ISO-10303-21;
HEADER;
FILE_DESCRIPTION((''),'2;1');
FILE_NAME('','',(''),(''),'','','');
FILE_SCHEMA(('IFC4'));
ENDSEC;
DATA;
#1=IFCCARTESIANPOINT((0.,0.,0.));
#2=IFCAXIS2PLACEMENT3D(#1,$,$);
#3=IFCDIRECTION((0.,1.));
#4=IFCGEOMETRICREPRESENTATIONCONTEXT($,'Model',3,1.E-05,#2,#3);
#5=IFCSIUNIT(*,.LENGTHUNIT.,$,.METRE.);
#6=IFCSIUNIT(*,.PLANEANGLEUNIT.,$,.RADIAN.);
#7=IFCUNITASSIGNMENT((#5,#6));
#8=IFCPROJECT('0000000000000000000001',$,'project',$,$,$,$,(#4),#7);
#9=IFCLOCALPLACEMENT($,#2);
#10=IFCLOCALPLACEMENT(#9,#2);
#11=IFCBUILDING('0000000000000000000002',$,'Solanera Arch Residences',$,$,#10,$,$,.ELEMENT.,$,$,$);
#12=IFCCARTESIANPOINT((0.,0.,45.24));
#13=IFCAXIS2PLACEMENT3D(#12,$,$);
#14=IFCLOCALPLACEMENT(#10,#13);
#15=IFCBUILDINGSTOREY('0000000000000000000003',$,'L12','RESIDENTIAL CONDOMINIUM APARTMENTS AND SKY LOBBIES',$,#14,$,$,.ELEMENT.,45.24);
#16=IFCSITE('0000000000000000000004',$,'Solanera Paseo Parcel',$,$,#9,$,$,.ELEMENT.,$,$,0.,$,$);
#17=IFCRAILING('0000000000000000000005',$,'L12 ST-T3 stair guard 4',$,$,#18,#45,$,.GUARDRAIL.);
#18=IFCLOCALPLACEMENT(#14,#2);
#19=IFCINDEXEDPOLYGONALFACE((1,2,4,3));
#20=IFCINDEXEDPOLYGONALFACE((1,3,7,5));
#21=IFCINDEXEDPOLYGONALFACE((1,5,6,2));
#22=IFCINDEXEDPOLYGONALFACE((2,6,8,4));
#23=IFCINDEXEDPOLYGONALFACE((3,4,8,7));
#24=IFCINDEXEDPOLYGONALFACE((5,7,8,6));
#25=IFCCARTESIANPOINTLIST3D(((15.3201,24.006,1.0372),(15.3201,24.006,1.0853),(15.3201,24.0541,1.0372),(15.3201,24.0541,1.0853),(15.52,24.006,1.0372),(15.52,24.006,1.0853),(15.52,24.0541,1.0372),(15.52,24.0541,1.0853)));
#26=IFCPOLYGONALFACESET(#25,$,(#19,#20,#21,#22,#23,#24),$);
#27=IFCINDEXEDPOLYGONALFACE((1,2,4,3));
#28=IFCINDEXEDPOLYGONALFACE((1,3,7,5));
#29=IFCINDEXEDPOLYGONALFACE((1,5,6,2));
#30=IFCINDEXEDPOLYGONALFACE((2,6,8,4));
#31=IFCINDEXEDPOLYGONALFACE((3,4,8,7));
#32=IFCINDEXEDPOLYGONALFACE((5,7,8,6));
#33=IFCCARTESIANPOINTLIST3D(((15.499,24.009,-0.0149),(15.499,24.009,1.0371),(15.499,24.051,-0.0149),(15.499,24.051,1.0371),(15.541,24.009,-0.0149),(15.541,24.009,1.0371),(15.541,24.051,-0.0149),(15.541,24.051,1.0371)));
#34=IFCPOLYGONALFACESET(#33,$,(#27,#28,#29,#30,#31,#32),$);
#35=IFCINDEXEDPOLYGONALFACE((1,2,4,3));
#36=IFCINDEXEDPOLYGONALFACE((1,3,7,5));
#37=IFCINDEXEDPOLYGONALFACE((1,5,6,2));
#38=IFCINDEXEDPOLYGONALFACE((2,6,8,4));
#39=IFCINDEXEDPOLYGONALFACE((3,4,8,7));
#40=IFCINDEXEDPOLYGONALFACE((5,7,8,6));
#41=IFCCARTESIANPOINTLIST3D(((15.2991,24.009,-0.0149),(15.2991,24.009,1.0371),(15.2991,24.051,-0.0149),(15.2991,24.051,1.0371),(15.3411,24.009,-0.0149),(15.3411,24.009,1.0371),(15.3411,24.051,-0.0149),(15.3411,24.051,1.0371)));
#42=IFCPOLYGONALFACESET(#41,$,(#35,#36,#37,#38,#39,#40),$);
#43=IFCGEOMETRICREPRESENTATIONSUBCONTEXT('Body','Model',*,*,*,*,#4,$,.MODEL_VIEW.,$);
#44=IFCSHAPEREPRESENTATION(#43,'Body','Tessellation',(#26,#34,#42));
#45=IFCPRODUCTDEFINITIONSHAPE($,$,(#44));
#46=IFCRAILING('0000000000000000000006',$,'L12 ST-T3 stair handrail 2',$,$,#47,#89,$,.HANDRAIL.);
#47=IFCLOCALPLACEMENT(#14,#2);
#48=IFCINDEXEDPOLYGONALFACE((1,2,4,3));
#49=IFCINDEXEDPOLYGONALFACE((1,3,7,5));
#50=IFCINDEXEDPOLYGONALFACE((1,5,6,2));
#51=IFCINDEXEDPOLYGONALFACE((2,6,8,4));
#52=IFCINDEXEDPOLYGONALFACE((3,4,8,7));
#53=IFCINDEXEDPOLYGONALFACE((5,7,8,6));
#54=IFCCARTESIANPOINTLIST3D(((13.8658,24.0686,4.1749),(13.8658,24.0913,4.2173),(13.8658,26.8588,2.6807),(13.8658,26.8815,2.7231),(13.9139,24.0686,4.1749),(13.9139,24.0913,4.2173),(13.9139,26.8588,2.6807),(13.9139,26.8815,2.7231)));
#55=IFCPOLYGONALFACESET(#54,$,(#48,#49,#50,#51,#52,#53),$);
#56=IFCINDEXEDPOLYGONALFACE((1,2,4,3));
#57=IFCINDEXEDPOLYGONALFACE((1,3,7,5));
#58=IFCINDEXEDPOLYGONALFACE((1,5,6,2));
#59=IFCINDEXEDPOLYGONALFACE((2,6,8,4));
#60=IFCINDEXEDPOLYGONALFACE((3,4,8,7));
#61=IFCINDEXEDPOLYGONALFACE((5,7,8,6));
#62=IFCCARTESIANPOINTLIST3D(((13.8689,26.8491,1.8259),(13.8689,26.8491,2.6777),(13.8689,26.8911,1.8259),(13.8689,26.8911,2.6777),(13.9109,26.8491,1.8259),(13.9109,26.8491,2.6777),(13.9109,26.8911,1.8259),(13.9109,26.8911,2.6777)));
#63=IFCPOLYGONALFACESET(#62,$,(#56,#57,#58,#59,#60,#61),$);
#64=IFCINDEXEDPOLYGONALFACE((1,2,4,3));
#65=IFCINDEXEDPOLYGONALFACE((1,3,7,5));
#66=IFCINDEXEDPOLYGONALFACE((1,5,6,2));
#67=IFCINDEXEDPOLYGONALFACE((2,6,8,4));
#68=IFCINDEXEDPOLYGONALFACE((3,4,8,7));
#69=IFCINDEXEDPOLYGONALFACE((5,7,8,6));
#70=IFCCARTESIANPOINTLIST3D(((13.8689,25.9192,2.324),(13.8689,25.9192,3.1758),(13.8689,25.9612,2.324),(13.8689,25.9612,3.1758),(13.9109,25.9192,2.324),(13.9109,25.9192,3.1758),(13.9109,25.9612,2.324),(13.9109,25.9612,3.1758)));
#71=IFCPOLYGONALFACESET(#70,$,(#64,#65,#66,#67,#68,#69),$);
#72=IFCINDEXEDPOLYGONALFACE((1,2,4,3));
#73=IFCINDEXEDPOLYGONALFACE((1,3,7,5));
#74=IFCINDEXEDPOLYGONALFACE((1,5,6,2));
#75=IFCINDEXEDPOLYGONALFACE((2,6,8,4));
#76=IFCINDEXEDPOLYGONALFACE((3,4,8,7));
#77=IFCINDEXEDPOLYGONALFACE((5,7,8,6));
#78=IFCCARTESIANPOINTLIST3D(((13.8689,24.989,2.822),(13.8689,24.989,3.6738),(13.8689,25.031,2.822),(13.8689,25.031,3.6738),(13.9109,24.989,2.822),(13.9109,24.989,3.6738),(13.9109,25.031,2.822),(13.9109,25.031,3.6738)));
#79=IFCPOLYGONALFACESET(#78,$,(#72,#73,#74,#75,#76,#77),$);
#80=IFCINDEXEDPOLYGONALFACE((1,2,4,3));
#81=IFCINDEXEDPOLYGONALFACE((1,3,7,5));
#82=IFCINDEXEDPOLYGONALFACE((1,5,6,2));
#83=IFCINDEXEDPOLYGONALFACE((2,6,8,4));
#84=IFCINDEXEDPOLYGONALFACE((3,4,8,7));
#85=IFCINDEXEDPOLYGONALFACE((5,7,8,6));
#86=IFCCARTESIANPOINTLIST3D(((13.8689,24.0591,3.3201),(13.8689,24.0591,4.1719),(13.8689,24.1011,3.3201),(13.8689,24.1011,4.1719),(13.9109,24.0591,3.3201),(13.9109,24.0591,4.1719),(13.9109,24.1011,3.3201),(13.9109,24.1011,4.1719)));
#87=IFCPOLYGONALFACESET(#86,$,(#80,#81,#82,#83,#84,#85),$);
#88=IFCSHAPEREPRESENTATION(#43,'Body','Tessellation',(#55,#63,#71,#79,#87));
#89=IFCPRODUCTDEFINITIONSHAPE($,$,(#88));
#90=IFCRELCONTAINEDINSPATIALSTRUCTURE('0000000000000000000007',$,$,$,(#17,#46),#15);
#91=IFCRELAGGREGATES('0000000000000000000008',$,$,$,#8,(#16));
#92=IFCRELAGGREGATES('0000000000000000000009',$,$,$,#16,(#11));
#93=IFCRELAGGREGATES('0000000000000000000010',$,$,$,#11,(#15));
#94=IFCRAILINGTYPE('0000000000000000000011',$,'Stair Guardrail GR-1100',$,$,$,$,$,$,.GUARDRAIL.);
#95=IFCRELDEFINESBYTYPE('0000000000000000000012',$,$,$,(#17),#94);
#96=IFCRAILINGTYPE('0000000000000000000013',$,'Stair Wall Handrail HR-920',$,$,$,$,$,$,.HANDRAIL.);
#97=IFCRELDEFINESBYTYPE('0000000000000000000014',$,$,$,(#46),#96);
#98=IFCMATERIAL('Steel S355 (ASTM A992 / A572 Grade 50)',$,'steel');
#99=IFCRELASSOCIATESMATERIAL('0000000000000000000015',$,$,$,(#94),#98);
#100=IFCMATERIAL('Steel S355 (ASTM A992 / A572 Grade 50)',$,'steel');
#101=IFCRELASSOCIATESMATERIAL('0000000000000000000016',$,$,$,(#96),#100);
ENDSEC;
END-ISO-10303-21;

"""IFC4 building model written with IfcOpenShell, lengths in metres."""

from ifc_helpers import new_model, si_unit, direction, frame, origin, origin_2d, place, context, subcontext, project, spatial, rectangle, extrude, material, type_object, element, save


model = new_model("IFC4")

# Units and contexts
model_context = context("Model", 3, precision=1e-05, world=origin(), true_north=direction((0.0, 1.0)))
body_context = subcontext(model_context, "Body", "Model", "MODEL_VIEW")
ifc_project = project(units=[si_unit("LENGTHUNIT", "METRE"), si_unit("PLANEANGLEUNIT", "RADIAN")], contexts=[model_context])

# Site, building, storey
site_placement = place(None, origin())
site = spatial("IfcSite", under=ifc_project, at=site_placement, Name="Solanera Paseo Parcel", CompositionType="ELEMENT", RefElevation=0.0)
building_placement = place(site_placement, origin())
building = spatial("IfcBuilding", under=site, at=building_placement, Name="Solanera Arch Residences", CompositionType="ELEMENT")
storey_placement = place(building_placement, frame((0.0, 0.0, 45.24)))
storey = spatial("IfcBuildingStorey", under=building, at=storey_placement, Name="L12", Description="RESIDENTIAL CONDOMINIUM APARTMENTS AND SKY LOBBIES", CompositionType="ELEMENT", Elevation=45.24)

# Railings
ifc_material_1 = material(Name="Steel S355 (ASTM A992 / A572 Grade 50)", Category="steel")
railing_type_1 = type_object("IfcRailingType", Name="Stair Guardrail GR-1100", PredefinedType="GUARDRAIL", material=ifc_material_1)
railing_1_placement = place(storey_placement, frame((15.52, 24.03, -0.0149)))
element("IfcRailing", 1, at=railing_1_placement, inside=storey, type_object=railing_type_1, Name="L12 ST-T3 stair guard 4", PredefinedType="GUARDRAIL", context=body_context, shape_type="SweptSolid", body=[
    extrude(rectangle(XDim=0.0481, YDim=0.0481, at=origin_2d()), frame((0.0, 0.0, 1.0762), z_axis=(-1.0, 0.0, 0.0), x_axis=(0.0, -1.0, 0.0)), (0.0, 0.0, 1.0), 0.2),
    extrude(rectangle(XDim=0.042, YDim=0.042, at=origin_2d()), origin(), (0.0, 0.0, 1.0), 1.052),
    extrude(rectangle(XDim=0.042, YDim=0.042, at=origin_2d()), frame((-0.2, 0.0, 0.0)), (0.0, 0.0, 1.0), 1.052),
])
ifc_material_2 = material(Name="Steel S355 (ASTM A992 / A572 Grade 50)", Category="steel")
railing_type_2 = type_object("IfcRailingType", Name="Stair Wall Handrail HR-920", PredefinedType="HANDRAIL", material=ifc_material_2)
railing_2_placement = place(storey_placement, frame((13.8899, 26.8701, 1.8259)))
element("IfcRailing", 2, at=railing_2_placement, inside=storey, type_object=railing_type_2, Name="L12 ST-T3 stair handrail 2", PredefinedType="HANDRAIL", context=body_context, shape_type="SweptSolid", body=[
    extrude(rectangle(XDim=0.0481, YDim=0.0481, at=origin_2d()), frame((0.0, 0.0, 0.876), z_axis=(0.0, -0.881549, 0.472093), x_axis=(1.0, 0.0, 0.0)), (0.0, 0.0, 1.0), 3.165),
    extrude(rectangle(XDim=0.042, YDim=0.042, at=origin_2d()), origin(), (0.0, 0.0, 1.0), 0.8518),
    extrude(rectangle(XDim=0.042, YDim=0.042, at=origin_2d()), frame((0.0, -0.9299, 0.498)), (0.0, 0.0, 1.0), 0.8518),
    extrude(rectangle(XDim=0.042, YDim=0.042, at=origin_2d()), frame((0.0, -1.8601, 0.9961)), (0.0, 0.0, 1.0), 0.8518),
    extrude(rectangle(XDim=0.042, YDim=0.042, at=origin_2d()), frame((0.0, -2.79, 1.4941)), (0.0, 0.0, 1.0), 0.8518),
])

save(model, "model.ifc")
